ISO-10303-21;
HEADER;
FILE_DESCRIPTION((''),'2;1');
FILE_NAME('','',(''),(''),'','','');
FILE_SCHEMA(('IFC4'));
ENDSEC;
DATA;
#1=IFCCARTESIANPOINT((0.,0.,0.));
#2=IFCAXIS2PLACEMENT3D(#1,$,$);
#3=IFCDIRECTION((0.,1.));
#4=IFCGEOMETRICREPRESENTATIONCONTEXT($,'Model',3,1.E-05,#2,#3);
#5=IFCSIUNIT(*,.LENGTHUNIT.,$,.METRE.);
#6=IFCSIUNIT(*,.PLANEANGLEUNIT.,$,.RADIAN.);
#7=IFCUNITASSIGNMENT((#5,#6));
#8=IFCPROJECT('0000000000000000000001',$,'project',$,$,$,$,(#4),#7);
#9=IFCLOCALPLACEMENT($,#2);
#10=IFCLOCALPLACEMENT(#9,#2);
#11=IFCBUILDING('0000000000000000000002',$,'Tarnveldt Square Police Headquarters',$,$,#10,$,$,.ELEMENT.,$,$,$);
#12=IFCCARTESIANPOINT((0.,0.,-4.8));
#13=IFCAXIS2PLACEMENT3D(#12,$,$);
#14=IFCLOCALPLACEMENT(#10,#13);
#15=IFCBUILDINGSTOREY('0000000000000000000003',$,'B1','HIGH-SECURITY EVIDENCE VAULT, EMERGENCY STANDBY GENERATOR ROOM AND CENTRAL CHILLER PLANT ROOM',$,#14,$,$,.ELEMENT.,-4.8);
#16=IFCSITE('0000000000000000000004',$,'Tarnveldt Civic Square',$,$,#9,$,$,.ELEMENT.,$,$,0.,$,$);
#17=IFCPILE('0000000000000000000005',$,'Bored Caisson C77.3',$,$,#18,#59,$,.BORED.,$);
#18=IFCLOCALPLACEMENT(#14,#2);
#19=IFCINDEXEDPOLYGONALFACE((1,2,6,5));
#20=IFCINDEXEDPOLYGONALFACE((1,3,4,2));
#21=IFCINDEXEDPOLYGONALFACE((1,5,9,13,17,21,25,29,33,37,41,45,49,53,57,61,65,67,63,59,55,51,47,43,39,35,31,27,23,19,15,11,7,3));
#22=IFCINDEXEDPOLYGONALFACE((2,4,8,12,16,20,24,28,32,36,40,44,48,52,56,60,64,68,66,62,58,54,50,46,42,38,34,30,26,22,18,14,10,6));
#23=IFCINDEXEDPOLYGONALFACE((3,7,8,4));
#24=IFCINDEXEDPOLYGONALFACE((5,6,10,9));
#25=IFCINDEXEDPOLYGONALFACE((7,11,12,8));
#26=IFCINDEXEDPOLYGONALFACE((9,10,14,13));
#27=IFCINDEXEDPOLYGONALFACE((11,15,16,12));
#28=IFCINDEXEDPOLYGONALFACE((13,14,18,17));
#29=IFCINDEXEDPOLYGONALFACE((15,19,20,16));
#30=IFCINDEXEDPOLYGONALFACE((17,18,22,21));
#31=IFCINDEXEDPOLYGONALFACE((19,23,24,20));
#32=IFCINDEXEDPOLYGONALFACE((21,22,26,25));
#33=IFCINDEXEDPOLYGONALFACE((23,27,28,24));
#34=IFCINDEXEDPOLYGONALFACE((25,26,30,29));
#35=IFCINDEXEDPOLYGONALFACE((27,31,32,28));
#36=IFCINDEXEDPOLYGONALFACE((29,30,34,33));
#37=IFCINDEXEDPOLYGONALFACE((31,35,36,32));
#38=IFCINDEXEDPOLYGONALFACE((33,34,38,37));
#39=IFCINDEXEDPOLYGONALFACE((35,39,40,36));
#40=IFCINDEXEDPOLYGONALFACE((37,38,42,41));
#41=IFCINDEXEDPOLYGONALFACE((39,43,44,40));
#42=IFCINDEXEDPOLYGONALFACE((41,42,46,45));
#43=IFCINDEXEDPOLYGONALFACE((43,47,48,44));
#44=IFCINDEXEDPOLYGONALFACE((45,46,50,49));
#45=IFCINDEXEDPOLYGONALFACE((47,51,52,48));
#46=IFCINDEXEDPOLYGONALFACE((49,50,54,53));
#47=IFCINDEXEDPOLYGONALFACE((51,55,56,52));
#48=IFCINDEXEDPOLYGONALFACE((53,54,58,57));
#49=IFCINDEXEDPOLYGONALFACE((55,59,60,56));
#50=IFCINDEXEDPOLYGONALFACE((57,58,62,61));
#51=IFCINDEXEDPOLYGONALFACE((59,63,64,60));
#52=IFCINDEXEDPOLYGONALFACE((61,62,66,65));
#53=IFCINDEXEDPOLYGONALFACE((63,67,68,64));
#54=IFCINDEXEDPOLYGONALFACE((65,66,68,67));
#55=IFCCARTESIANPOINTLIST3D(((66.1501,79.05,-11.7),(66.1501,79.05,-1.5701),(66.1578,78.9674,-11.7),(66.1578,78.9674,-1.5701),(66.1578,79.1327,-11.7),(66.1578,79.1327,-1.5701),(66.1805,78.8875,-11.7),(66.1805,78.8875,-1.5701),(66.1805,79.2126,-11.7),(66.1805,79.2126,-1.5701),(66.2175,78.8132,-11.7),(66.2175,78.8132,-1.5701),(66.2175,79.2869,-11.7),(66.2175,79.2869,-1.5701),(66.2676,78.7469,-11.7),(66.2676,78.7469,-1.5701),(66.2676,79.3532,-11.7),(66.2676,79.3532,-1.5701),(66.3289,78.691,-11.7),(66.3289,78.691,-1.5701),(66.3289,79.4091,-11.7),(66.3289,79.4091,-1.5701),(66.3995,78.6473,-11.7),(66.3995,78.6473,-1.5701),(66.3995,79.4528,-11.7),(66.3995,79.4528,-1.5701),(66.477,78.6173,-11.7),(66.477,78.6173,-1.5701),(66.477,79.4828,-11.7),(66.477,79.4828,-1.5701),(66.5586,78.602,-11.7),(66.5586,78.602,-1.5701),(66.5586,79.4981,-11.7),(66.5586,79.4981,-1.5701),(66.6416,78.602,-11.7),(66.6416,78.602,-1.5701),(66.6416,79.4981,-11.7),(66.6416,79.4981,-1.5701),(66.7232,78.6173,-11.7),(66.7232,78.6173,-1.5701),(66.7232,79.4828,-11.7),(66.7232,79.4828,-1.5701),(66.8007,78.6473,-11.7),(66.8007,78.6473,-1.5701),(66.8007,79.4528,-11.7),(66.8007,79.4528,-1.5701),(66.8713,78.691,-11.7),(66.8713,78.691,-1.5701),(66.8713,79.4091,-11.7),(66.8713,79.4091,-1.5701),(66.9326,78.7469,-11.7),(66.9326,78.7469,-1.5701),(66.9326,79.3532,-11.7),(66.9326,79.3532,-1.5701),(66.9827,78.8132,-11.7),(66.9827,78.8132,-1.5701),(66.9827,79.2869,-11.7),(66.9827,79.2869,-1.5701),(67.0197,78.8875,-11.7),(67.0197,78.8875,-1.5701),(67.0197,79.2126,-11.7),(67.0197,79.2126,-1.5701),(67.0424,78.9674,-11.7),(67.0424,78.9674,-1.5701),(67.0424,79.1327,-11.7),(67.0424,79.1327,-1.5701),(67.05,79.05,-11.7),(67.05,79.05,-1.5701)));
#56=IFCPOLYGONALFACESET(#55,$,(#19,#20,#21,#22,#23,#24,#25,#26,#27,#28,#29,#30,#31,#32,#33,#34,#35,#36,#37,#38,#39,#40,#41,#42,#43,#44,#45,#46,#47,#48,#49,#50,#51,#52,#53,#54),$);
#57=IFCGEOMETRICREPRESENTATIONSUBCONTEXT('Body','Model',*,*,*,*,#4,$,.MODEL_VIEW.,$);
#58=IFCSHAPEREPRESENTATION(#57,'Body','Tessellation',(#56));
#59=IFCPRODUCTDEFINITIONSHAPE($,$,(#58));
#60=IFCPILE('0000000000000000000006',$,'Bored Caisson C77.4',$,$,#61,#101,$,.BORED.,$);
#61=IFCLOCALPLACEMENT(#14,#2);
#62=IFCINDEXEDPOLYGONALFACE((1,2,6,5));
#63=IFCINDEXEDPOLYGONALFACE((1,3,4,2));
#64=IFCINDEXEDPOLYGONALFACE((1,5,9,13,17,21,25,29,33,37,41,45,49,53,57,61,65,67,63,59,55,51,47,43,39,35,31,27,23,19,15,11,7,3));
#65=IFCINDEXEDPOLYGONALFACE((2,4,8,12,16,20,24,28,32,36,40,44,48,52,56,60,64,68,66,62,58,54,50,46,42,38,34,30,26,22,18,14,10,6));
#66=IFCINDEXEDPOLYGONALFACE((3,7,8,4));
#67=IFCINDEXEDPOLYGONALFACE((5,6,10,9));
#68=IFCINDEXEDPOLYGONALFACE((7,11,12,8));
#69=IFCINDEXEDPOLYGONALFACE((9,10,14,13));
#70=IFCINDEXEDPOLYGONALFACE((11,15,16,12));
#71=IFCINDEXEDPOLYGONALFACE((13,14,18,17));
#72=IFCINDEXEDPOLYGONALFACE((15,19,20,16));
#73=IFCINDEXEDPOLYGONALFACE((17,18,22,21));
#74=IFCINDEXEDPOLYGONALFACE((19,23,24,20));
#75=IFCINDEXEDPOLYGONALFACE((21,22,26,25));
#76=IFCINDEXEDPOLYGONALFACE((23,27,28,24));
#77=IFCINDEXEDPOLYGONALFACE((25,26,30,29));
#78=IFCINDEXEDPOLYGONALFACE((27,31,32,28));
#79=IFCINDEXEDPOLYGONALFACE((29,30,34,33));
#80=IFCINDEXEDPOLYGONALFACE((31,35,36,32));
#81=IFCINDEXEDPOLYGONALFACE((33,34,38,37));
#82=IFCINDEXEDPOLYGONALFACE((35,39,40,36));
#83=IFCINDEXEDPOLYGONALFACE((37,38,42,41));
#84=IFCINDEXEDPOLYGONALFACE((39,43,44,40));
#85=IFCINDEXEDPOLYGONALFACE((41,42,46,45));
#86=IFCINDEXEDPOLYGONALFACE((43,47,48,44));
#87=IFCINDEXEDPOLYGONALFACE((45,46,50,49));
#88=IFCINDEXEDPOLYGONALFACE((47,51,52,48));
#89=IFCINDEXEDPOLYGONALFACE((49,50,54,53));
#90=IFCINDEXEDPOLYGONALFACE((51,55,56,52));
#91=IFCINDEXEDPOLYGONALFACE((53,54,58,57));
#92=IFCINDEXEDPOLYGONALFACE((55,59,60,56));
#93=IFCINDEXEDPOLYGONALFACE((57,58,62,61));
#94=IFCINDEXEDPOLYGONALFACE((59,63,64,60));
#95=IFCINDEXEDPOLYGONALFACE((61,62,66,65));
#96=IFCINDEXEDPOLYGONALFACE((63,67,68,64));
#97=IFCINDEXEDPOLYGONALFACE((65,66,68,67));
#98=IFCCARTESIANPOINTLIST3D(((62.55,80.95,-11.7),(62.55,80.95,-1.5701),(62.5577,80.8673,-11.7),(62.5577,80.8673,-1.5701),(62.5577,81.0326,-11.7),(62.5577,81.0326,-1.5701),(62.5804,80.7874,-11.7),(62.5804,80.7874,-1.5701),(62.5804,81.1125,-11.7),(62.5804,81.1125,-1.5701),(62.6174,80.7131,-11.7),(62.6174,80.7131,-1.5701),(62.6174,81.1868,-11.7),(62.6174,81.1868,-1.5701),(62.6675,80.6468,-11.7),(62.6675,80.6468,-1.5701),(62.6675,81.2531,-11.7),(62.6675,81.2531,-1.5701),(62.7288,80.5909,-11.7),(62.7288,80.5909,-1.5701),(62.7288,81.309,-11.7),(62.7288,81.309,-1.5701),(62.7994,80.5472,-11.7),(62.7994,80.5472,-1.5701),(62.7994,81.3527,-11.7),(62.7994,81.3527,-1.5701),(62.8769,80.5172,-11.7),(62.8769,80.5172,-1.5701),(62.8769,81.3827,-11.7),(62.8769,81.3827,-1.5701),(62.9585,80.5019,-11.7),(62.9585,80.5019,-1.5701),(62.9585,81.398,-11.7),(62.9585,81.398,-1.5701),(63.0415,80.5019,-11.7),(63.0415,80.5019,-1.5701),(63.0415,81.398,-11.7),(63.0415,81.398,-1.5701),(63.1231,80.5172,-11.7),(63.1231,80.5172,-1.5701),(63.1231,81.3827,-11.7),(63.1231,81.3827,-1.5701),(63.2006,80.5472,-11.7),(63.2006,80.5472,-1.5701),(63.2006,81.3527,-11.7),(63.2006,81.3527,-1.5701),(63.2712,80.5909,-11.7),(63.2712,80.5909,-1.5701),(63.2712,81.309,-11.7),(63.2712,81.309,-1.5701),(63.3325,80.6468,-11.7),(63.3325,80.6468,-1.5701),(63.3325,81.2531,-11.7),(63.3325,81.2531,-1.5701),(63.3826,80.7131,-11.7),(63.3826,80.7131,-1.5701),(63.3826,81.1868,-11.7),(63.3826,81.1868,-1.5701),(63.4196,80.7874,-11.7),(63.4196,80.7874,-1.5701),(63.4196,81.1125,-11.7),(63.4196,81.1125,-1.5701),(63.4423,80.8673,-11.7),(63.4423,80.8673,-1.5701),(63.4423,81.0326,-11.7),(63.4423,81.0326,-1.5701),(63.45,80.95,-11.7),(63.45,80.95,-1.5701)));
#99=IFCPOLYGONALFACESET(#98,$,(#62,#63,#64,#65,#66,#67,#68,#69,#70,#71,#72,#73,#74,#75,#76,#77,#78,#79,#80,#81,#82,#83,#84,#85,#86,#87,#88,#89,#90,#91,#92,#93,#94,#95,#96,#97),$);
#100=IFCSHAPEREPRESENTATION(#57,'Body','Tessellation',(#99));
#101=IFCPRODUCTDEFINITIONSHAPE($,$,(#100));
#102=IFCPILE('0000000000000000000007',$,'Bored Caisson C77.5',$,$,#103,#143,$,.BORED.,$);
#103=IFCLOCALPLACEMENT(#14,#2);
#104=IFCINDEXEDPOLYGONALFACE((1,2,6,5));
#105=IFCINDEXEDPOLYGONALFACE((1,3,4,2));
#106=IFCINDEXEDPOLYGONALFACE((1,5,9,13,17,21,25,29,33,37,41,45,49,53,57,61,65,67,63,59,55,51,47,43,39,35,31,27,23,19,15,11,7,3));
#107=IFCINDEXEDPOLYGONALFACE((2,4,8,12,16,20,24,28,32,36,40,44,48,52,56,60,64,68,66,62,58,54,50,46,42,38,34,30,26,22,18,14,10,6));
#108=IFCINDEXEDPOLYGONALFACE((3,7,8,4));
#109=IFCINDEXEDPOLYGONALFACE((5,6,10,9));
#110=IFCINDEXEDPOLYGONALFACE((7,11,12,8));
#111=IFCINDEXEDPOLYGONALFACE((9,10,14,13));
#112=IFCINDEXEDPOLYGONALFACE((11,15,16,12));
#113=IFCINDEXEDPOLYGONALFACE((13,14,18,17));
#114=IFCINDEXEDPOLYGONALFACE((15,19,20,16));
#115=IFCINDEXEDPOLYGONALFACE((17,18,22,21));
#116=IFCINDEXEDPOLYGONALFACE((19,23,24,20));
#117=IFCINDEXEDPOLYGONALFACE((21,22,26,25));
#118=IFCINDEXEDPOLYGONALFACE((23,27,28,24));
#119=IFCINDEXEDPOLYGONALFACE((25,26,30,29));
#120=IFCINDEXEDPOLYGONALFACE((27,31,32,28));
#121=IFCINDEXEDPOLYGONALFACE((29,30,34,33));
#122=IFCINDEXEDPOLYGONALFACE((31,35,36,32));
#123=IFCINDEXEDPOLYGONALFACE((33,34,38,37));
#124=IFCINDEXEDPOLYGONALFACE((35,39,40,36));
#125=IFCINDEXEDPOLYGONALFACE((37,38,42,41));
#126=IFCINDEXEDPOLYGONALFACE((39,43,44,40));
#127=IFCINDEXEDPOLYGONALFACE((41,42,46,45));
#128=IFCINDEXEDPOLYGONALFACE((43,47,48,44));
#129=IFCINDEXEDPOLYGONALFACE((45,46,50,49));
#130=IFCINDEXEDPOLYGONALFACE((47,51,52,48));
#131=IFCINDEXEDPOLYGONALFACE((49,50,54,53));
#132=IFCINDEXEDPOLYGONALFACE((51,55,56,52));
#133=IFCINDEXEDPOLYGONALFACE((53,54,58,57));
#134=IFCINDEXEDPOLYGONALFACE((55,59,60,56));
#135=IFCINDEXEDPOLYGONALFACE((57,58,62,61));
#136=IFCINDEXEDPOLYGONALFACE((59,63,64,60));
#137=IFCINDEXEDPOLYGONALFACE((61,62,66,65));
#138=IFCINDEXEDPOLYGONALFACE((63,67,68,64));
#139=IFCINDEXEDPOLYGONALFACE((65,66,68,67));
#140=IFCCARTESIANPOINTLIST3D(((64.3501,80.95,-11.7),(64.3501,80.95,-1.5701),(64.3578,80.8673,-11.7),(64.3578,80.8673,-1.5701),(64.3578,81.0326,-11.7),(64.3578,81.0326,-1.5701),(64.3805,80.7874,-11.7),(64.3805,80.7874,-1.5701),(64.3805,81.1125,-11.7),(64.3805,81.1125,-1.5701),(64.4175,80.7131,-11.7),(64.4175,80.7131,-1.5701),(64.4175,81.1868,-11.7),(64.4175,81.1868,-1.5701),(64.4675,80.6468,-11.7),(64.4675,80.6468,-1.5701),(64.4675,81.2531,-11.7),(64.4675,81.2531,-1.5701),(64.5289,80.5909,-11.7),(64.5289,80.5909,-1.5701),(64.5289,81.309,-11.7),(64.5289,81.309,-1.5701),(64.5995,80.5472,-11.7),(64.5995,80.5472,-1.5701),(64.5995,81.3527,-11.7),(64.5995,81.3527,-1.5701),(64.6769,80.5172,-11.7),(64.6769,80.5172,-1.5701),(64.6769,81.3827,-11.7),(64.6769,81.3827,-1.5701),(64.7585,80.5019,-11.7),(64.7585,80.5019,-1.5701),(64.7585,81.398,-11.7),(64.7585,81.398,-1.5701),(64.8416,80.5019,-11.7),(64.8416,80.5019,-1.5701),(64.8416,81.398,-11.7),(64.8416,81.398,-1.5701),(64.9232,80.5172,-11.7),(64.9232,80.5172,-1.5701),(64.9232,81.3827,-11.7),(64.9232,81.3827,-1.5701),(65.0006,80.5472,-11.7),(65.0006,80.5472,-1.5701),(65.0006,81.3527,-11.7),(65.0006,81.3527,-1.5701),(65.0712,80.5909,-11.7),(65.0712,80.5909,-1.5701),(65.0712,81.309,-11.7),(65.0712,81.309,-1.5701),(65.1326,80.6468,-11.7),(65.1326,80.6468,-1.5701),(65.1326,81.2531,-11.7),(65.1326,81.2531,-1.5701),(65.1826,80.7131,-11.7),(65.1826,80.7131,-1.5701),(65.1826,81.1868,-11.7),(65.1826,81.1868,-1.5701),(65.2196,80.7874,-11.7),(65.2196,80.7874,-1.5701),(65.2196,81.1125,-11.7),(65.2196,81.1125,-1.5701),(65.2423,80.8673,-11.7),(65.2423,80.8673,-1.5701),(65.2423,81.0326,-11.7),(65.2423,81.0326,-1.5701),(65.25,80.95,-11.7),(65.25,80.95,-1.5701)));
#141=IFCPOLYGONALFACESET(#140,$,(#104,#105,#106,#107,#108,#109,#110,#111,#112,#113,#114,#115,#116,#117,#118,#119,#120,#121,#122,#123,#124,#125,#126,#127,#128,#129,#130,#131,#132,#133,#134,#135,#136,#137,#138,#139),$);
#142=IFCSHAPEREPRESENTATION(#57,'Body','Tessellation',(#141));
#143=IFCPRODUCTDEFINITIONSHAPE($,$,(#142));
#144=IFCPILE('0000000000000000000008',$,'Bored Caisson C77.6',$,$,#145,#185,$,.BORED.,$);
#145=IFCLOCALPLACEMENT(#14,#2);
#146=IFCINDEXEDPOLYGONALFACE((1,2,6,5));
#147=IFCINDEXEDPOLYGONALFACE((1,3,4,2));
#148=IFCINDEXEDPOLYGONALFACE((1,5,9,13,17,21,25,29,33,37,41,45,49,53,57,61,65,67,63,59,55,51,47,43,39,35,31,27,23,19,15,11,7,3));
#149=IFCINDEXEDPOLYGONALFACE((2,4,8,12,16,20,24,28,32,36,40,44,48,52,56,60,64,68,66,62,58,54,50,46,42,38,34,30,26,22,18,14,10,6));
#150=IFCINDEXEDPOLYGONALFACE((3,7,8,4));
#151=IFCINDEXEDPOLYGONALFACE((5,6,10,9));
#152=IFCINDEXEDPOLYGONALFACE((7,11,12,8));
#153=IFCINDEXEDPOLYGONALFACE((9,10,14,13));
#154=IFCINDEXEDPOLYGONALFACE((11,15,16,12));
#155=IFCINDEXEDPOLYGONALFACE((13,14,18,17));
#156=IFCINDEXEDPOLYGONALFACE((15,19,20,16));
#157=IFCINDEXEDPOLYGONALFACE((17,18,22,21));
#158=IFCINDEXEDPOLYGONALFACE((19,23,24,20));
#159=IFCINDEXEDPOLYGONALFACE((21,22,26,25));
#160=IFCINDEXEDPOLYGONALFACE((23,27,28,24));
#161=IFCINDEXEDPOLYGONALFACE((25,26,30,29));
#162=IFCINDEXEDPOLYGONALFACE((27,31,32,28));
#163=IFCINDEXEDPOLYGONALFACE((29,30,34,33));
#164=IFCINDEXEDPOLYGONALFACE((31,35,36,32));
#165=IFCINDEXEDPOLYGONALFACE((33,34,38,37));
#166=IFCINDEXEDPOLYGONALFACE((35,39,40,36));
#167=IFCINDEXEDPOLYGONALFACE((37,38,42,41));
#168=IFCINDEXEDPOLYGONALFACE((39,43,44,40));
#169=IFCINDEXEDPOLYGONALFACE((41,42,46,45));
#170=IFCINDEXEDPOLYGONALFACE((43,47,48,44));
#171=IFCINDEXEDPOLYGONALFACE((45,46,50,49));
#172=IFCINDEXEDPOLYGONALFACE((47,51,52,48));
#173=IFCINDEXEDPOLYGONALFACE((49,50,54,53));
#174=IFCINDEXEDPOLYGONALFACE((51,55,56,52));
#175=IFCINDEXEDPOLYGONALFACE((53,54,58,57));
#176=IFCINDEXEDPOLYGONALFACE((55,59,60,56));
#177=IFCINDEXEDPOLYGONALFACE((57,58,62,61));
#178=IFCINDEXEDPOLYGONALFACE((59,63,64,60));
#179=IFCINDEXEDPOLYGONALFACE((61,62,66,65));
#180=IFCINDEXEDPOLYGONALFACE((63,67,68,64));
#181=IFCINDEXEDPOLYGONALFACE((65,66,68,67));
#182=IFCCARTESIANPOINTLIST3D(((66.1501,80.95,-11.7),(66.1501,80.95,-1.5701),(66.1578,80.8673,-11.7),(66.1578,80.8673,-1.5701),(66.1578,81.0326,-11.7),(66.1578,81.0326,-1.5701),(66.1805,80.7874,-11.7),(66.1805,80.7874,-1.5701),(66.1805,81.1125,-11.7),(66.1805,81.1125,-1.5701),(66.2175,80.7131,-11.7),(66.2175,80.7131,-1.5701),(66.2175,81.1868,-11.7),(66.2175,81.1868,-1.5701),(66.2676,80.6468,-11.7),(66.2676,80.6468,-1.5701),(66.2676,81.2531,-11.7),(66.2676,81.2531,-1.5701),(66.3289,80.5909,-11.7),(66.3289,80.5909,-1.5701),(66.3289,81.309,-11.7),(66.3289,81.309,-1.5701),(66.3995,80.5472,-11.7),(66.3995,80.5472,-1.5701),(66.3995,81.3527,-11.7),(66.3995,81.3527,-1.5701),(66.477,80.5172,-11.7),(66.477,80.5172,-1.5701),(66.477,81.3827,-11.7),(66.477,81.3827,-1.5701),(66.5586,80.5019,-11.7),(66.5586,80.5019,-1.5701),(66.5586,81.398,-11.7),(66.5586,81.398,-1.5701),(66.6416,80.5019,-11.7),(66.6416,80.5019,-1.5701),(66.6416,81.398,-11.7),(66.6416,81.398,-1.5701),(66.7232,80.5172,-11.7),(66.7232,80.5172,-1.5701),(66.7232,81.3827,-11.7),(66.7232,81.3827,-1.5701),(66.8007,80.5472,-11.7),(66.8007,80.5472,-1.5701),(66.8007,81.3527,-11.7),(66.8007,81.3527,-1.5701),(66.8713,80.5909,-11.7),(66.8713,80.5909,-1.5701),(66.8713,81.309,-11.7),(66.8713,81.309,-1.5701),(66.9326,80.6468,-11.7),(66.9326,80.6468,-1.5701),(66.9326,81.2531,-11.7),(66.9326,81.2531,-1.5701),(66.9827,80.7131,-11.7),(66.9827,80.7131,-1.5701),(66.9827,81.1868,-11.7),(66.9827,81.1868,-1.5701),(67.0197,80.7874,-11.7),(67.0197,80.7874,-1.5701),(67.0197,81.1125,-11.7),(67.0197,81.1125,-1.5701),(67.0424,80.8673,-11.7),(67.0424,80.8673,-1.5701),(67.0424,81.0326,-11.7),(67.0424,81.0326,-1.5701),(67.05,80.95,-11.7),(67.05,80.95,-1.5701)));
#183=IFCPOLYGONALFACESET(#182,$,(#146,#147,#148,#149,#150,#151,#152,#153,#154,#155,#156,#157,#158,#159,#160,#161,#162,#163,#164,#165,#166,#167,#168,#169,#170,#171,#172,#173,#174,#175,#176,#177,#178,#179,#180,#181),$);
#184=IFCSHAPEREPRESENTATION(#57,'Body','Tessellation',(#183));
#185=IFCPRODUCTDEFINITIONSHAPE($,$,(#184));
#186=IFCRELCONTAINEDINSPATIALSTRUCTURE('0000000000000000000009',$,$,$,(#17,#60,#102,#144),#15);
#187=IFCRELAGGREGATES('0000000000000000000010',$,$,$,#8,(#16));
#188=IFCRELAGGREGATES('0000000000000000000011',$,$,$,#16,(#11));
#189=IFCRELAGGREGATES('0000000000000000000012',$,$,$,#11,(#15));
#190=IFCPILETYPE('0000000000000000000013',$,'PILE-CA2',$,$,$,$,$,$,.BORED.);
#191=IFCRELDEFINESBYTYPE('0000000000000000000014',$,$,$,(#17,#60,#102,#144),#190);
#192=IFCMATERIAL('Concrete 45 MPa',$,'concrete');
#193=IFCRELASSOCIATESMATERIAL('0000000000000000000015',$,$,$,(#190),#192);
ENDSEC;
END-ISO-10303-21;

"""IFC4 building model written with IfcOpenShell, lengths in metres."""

from ifc_helpers import new_model, si_unit, direction, frame, origin, origin_2d, place, context, subcontext, project, spatial, circle, extrude, material, material_profile, profile_set, type_object, element, save


model = new_model("IFC4")

# Units and contexts
model_context = context("Model", 3, precision=1e-05, world=origin(), true_north=direction((0.0, 1.0)))
body_context = subcontext(model_context, "Body", "Model", "MODEL_VIEW")
ifc_project = project(units=[si_unit("LENGTHUNIT", "METRE"), si_unit("PLANEANGLEUNIT", "RADIAN")], contexts=[model_context])

# Site, building, storey
site_placement = place(None, origin())
site = spatial("IfcSite", under=ifc_project, at=site_placement, Name="Tarnveldt Civic Square", CompositionType="ELEMENT", RefElevation=0.0)
building_placement = place(site_placement, origin())
building = spatial("IfcBuilding", under=site, at=building_placement, Name="Tarnveldt Square Police Headquarters", CompositionType="ELEMENT")
storey_placement = place(building_placement, frame((0.0, 0.0, -4.8)))
storey = spatial("IfcBuildingStorey", under=building, at=storey_placement, Name="B1", Description="HIGH-SECURITY EVIDENCE VAULT, EMERGENCY STANDBY GENERATOR ROOM AND CENTRAL CHILLER PLANT ROOM", CompositionType="ELEMENT", Elevation=-4.8)

# Shared definitions
ifc_material_1 = material(Name="Concrete 45 MPa", Category="concrete")

# Piles
ifc_material_profile_1 = material_profile(ifc_material_1, circle(Radius=0.45, at=origin_2d()), Name="CAISSON-D900")
ifc_profile_set_1 = profile_set([ifc_material_profile_1], Name="Concrete 45 MPa")
pile_type_1 = type_object("IfcPileType", Name="PILE-CA2", PredefinedType="BORED", material=ifc_profile_set_1)
for number, where, z_axis, x_axis, name in (
    (1, (66.6001, 79.05, -1.5701), (0.0, 0.0, -1.0), (1.0, 0.0, 0.0), "Bored Caisson C77.3"),
    (2, (63.0, 80.95, -1.5701), (0.0, 0.0, -1.0), (1.0, 0.0, 0.0), "Bored Caisson C77.4"),
    (3, (64.8, 80.95, -1.5701), (0.0, 0.0, -1.0), (1.0, 0.0, 0.0), "Bored Caisson C77.5"),
    (4, (66.6001, 80.95, -1.5701), (0.0, 0.0, -1.0), (1.0, 0.0, 0.0), "Bored Caisson C77.6"),
):
    element("IfcPile", number, at=place(storey_placement, frame(where, z_axis=z_axis, x_axis=x_axis)), inside=storey, type_object=pile_type_1, Name=name, PredefinedType="BORED", context=body_context, shape_type="SweptSolid", body=[
        extrude(circle(Radius=0.45, at=origin_2d()), origin(), (0.0, 0.0, 1.0), 10.1299),
    ])

save(model, "model.ifc")
